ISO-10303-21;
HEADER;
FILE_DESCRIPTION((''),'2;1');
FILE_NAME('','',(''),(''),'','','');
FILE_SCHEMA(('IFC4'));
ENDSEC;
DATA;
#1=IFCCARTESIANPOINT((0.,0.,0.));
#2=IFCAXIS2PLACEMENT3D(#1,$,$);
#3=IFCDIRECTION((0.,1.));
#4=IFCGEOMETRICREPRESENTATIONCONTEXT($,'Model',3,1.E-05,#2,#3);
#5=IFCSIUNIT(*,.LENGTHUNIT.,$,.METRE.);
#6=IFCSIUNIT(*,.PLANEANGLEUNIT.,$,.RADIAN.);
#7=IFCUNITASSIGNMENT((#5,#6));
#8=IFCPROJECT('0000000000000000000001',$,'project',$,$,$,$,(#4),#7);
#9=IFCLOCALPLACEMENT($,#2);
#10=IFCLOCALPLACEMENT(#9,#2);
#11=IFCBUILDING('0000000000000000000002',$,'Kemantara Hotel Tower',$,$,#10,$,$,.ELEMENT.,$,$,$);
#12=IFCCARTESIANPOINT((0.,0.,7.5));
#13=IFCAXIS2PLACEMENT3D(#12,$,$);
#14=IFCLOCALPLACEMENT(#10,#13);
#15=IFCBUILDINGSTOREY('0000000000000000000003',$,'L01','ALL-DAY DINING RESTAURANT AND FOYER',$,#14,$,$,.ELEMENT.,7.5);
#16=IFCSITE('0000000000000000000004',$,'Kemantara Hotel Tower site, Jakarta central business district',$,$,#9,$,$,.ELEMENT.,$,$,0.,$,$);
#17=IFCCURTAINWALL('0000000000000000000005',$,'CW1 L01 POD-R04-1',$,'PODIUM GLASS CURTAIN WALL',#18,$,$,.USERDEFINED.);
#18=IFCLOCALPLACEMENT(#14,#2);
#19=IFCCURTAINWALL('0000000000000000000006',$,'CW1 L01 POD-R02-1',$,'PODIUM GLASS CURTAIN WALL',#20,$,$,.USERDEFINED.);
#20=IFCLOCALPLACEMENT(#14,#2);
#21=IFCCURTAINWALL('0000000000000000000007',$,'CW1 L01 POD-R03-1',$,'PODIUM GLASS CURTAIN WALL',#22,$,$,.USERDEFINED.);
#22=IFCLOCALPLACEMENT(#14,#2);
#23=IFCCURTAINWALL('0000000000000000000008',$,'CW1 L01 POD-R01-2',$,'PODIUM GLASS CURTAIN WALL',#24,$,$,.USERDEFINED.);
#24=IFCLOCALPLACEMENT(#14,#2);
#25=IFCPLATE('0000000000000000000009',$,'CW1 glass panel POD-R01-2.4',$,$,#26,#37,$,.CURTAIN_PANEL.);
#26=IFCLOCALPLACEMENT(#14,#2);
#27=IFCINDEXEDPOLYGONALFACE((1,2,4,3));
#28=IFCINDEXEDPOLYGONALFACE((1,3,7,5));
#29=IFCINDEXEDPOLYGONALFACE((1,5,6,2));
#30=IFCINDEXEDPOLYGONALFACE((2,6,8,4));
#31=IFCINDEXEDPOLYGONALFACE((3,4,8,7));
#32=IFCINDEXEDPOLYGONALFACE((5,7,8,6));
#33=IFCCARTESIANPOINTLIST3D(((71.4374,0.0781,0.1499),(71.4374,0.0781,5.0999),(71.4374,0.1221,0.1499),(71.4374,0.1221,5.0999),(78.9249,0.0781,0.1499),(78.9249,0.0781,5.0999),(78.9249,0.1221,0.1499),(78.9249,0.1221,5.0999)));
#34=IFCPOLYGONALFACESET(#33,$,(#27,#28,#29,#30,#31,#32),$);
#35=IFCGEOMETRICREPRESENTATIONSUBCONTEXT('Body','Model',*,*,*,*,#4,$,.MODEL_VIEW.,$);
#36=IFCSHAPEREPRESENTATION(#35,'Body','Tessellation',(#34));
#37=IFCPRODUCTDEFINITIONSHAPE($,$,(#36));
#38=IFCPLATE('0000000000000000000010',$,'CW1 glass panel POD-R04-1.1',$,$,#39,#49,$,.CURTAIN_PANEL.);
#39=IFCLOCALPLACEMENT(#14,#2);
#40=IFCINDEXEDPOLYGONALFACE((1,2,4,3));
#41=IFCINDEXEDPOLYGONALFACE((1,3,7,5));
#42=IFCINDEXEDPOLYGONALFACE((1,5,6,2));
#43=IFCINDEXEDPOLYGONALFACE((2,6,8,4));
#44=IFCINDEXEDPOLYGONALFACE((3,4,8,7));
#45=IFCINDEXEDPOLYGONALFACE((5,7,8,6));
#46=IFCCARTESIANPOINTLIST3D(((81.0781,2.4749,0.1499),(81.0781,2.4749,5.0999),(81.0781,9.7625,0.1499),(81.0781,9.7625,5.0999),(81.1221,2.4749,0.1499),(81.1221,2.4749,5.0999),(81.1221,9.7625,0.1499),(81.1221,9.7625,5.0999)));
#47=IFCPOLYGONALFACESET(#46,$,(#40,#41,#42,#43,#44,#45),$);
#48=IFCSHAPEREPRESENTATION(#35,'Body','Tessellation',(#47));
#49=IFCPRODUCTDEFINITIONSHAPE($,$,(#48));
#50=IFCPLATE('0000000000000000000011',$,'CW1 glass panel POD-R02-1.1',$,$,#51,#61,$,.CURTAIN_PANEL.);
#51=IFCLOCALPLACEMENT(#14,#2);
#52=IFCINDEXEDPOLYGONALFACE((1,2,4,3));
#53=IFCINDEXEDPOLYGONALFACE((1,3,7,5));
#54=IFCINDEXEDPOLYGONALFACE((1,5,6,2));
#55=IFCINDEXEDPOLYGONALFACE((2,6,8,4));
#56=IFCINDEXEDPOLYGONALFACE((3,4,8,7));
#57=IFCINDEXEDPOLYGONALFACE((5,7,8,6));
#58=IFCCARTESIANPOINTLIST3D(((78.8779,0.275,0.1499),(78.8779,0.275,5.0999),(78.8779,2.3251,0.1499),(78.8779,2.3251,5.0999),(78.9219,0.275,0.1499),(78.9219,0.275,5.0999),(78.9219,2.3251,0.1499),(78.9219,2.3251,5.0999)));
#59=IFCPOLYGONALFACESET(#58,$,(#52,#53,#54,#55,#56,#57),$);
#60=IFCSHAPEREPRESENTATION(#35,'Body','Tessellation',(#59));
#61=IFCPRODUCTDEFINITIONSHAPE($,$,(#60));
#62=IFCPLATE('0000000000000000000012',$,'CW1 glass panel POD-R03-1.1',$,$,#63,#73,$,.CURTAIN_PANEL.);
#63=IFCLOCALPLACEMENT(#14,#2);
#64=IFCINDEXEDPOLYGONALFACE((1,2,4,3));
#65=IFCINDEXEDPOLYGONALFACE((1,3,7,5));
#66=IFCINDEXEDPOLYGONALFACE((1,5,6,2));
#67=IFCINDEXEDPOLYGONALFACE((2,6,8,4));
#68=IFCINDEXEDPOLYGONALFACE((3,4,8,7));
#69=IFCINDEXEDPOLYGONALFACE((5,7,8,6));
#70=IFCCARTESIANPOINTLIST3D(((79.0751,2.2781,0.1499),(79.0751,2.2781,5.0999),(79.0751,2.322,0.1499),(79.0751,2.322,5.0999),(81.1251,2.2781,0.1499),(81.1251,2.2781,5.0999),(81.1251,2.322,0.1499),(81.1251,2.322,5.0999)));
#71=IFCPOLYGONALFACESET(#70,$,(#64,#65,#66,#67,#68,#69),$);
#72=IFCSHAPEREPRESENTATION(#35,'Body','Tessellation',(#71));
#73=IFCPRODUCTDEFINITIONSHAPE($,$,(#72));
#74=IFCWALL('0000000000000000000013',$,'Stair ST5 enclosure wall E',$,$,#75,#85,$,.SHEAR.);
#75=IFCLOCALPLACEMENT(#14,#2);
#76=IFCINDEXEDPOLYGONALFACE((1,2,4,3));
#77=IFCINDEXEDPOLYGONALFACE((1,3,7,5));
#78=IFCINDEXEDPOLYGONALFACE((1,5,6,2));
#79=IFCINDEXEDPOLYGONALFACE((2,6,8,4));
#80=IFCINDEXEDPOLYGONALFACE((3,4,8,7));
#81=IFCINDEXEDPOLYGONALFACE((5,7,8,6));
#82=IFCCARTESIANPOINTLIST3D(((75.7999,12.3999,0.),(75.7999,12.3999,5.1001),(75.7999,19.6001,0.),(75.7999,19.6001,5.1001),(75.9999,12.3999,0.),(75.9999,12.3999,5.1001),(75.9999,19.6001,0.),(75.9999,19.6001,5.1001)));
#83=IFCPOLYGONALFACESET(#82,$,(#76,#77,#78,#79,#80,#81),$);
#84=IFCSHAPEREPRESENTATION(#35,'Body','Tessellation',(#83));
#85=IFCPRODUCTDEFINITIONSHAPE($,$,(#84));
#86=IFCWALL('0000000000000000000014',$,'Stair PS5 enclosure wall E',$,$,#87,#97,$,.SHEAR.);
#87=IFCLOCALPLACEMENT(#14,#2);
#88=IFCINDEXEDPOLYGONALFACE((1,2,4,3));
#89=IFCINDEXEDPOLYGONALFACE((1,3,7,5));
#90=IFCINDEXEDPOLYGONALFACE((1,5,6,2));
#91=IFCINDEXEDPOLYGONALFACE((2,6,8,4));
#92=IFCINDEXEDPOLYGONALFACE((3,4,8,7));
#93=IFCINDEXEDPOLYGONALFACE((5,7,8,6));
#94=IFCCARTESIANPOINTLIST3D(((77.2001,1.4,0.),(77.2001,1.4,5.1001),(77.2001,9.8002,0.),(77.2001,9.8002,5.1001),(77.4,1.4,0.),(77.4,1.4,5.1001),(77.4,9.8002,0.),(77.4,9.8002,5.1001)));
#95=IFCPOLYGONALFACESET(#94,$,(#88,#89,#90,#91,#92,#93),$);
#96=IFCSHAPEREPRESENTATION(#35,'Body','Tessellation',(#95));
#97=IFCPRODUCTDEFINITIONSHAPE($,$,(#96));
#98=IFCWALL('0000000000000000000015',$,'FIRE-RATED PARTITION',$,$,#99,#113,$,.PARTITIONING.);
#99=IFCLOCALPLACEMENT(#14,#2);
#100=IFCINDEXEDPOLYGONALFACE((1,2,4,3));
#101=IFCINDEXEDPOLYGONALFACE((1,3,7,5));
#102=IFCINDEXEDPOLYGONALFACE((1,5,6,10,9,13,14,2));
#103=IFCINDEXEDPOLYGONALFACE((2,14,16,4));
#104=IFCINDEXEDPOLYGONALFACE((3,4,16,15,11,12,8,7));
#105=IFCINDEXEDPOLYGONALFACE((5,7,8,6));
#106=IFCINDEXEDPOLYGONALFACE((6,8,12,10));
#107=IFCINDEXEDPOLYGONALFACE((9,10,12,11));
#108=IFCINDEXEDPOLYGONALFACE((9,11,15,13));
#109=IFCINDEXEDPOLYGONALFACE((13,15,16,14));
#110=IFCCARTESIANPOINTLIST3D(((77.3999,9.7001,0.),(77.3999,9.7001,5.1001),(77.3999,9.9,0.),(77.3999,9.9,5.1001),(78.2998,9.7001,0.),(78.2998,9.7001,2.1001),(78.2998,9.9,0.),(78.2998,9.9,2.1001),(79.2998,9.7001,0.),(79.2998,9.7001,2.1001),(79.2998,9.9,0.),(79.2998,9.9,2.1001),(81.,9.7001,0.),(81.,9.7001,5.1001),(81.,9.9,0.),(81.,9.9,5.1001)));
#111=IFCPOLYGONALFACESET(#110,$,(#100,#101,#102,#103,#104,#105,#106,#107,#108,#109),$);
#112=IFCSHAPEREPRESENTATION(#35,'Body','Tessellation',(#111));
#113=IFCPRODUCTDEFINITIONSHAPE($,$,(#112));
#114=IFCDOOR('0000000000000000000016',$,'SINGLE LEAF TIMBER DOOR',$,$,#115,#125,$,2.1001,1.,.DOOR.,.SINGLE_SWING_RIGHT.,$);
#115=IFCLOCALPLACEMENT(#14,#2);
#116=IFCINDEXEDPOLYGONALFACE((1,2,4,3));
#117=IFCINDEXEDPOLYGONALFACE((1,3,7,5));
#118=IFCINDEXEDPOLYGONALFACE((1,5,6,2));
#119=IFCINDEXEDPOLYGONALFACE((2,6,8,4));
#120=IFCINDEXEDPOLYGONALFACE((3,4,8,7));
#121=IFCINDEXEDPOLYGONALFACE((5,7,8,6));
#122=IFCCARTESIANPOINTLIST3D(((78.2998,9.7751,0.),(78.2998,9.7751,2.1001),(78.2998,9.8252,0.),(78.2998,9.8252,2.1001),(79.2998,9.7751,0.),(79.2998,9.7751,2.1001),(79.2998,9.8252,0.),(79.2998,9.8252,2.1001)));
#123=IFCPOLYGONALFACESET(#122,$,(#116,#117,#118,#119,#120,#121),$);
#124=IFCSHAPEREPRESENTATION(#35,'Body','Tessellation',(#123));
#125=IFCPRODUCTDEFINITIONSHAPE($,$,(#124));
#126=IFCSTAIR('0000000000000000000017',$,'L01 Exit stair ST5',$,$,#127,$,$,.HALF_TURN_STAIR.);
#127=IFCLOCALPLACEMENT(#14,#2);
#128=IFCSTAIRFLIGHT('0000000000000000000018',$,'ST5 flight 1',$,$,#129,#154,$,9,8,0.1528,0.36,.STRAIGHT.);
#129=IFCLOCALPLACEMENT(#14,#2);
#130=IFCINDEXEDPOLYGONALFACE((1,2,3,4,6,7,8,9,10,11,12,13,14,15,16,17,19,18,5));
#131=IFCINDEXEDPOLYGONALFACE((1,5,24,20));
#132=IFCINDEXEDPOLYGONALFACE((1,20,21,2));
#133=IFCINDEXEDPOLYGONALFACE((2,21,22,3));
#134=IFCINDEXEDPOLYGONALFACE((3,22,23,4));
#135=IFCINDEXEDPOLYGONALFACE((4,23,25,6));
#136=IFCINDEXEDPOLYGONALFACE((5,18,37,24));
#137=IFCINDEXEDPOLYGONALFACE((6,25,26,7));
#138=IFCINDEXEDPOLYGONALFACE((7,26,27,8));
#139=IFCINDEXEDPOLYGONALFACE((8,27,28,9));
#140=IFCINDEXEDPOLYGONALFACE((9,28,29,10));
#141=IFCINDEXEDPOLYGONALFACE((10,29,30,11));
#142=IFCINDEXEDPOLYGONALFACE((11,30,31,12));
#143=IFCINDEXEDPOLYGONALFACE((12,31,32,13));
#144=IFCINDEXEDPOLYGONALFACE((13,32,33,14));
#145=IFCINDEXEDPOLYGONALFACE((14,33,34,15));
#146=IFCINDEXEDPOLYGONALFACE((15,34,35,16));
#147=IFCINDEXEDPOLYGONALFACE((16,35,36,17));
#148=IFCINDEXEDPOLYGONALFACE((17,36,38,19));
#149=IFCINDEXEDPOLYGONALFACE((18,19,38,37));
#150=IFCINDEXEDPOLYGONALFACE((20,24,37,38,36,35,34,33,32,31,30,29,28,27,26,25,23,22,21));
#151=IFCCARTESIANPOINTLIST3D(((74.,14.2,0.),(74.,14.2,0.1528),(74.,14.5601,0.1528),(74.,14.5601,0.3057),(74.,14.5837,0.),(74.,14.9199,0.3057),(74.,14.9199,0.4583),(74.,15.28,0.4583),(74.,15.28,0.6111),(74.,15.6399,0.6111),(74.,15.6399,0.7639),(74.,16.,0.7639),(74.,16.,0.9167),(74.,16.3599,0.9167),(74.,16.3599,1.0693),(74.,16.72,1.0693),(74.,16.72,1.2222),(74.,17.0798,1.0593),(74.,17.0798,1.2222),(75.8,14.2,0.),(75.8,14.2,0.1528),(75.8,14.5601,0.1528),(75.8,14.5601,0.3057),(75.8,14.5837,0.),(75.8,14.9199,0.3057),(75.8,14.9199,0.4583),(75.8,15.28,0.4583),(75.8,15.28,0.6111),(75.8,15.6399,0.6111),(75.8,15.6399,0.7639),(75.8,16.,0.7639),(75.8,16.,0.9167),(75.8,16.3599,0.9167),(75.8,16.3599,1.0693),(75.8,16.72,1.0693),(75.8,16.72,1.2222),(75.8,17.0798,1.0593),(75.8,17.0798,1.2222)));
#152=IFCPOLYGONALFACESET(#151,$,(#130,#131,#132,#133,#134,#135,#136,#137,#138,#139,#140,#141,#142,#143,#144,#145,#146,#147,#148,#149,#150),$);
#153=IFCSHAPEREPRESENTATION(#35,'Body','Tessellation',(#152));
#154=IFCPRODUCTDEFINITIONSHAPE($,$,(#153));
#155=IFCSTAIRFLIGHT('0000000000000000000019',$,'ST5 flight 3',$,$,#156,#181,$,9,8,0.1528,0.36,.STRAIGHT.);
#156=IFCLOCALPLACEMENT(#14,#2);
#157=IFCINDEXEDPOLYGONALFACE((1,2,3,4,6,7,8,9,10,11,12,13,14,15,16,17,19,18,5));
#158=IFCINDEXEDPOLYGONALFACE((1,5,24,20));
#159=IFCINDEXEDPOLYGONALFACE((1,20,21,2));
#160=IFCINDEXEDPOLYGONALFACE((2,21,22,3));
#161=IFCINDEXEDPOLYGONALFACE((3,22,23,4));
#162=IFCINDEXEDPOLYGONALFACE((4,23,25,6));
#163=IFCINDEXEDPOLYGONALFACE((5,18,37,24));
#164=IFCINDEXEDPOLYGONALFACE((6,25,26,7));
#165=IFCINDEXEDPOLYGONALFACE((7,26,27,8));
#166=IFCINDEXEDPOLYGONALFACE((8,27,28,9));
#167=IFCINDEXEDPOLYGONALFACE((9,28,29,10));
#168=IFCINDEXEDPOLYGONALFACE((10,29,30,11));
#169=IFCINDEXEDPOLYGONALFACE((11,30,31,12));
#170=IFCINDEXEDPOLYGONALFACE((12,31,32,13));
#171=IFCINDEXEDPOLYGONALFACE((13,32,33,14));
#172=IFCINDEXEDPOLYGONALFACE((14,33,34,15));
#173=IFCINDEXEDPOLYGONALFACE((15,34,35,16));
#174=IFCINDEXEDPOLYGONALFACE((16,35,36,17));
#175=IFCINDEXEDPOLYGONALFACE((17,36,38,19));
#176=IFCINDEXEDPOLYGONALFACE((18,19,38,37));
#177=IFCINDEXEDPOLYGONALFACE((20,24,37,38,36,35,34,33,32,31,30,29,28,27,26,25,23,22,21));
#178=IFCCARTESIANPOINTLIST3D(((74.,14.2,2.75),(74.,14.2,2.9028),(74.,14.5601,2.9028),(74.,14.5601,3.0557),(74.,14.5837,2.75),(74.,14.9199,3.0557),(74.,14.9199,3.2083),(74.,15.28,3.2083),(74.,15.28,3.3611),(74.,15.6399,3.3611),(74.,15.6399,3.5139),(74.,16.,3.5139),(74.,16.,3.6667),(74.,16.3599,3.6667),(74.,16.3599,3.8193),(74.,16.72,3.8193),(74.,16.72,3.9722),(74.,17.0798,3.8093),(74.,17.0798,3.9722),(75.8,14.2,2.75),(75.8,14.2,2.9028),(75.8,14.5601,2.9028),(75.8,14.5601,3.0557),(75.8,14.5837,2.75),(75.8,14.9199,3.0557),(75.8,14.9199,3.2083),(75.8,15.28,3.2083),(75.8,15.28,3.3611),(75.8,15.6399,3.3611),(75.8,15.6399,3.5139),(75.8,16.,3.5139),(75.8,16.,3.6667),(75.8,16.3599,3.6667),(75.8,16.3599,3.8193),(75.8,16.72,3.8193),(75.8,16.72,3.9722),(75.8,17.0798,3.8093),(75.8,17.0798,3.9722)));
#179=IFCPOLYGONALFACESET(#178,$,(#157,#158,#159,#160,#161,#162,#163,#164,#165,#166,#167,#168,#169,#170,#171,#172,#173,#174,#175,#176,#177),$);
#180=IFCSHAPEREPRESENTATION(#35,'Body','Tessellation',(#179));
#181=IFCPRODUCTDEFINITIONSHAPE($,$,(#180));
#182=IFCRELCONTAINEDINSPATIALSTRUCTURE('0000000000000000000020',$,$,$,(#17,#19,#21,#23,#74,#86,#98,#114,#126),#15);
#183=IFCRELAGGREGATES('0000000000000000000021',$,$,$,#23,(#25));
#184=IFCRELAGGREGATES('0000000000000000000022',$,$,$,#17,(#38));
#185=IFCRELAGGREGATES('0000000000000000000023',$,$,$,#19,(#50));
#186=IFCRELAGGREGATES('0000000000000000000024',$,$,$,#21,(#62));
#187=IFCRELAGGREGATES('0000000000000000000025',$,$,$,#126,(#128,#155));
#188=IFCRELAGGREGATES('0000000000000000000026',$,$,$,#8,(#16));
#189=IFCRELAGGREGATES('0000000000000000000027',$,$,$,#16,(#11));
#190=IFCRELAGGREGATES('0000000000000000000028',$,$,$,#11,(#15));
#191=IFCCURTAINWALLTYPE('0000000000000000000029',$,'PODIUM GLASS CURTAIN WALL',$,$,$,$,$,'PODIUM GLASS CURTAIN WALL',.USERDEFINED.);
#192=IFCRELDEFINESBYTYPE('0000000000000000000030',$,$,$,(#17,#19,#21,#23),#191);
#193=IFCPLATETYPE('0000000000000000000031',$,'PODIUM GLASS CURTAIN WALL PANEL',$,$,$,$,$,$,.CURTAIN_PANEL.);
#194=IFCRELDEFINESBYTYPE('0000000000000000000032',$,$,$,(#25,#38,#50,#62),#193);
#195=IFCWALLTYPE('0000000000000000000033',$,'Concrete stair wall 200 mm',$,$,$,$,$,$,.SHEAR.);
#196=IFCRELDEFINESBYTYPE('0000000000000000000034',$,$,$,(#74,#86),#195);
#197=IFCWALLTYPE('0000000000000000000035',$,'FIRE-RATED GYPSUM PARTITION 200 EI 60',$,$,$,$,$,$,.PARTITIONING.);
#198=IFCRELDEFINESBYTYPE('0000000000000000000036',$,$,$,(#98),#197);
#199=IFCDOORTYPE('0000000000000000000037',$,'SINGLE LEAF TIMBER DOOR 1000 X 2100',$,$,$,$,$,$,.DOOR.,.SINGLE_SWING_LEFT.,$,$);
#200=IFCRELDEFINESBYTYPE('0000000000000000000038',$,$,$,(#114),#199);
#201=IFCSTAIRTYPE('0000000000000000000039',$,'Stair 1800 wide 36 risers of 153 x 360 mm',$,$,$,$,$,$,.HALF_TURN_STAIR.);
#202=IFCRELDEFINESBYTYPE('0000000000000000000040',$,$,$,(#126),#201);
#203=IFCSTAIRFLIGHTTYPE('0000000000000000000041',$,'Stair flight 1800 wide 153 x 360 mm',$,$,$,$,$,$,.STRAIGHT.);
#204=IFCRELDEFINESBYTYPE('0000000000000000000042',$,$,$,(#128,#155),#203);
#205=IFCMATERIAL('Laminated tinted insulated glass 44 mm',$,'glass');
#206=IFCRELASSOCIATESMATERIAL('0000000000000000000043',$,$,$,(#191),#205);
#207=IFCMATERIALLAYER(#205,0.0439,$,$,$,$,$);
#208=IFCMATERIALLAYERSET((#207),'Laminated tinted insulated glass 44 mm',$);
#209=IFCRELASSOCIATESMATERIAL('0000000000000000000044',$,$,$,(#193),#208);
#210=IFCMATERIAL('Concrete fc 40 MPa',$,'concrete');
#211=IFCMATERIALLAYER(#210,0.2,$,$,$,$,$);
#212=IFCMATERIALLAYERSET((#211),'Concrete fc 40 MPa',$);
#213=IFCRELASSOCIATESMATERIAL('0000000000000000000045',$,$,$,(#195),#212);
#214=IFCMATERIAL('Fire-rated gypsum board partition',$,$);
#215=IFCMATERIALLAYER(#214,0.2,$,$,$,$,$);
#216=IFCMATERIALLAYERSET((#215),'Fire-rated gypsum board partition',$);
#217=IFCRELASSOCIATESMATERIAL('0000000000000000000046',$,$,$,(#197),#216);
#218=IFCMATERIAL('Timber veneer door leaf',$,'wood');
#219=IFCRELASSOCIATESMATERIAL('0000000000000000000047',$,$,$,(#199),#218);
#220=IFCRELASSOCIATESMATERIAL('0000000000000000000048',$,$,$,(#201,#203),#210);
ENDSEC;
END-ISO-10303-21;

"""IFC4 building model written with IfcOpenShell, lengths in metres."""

from ifc_helpers import new_model, si_unit, direction, frame, frame_2d, origin, origin_2d, place, context, subcontext, project, spatial, polyline, rectangle, outline, extrude, source, transform, mapped, material, layer, layer_set, type_object, element, fill, aggregate, save


model = new_model("IFC4")

# Units and contexts
model_context = context("Model", 3, precision=1e-05, world=origin(), true_north=direction((0.0, 1.0)))
body_context = subcontext(model_context, "Body", "Model", "MODEL_VIEW")
ifc_project = project(units=[si_unit("LENGTHUNIT", "METRE"), si_unit("PLANEANGLEUNIT", "RADIAN")], contexts=[model_context])

# Site, building, storey
site_placement = place(None, origin())
site = spatial("IfcSite", under=ifc_project, at=site_placement, Name="Kemantara Hotel Tower site, Jakarta central business district", CompositionType="ELEMENT", RefElevation=0.0)
building_placement = place(site_placement, origin())
building = spatial("IfcBuilding", under=site, at=building_placement, Name="Kemantara Hotel Tower", CompositionType="ELEMENT")
storey_placement = place(building_placement, frame((0.0, 0.0, 7.5)))
storey = spatial("IfcBuildingStorey", under=building, at=storey_placement, Name="L01", Description="ALL-DAY DINING RESTAURANT AND FOYER", CompositionType="ELEMENT", Elevation=7.5)

# Curtain walls
ifc_material_1 = material(Name="Laminated tinted insulated glass 44 mm", Category="glass")
curtain_wall_type = type_object("IfcCurtainWallType", Name="PODIUM GLASS CURTAIN WALL", ElementType="PODIUM GLASS CURTAIN WALL", PredefinedType="USERDEFINED", material=ifc_material_1)
curtain_wall_1_placement = place(storey_placement, origin())
curtain_wall_1 = element("IfcCurtainWall", 1, at=curtain_wall_1_placement, inside=storey, type_object=curtain_wall_type, Name="CW1 L01 POD-R04-1", ObjectType="PODIUM GLASS CURTAIN WALL", PredefinedType="USERDEFINED")
curtain_wall_2_placement = place(storey_placement, origin())
curtain_wall_2 = element("IfcCurtainWall", 2, at=curtain_wall_2_placement, inside=storey, type_object=curtain_wall_type, Name="CW1 L01 POD-R02-1", ObjectType="PODIUM GLASS CURTAIN WALL", PredefinedType="USERDEFINED")
curtain_wall_3_placement = place(storey_placement, origin())
curtain_wall_3 = element("IfcCurtainWall", 3, at=curtain_wall_3_placement, inside=storey, type_object=curtain_wall_type, Name="CW1 L01 POD-R03-1", ObjectType="PODIUM GLASS CURTAIN WALL", PredefinedType="USERDEFINED")
curtain_wall_4_placement = place(storey_placement, origin())
curtain_wall_4 = element("IfcCurtainWall", 4, at=curtain_wall_4_placement, inside=storey, type_object=curtain_wall_type, Name="CW1 L01 POD-R01-2", ObjectType="PODIUM GLASS CURTAIN WALL", PredefinedType="USERDEFINED")

# Plates
ifc_layer_1 = layer(ifc_material_1, 0.0439)
ifc_layer_set_1 = layer_set([ifc_layer_1], Name="Laminated tinted insulated glass 44 mm")
plate_type = type_object("IfcPlateType", Name="PODIUM GLASS CURTAIN WALL PANEL", PredefinedType="CURTAIN_PANEL", material=ifc_layer_set_1)
shared_shape_1 = source(origin(), body_context, "Body", "SweptSolid", [
    extrude(rectangle(XDim=7.4875, YDim=0.0439, at=origin_2d()), origin(), (0.0, 0.0, 1.0), 4.95),
])
plate_1_placement = place(storey_placement, frame((75.1812, 0.1001, 0.1499), z_axis=(0.0, 0.0, 1.0), x_axis=(1.0, 0.0, 0.0)))
plate_1 = element("IfcPlate", 5, at=plate_1_placement, type_object=plate_type, Name="CW1 glass panel POD-R01-2.4", PredefinedType="CURTAIN_PANEL", context=body_context, shape_type="MappedRepresentation", body=[
    mapped(shared_shape_1, transform((0.0, 0.0, 0.0))),
])
aggregate(curtain_wall_4, [plate_1])
shared_shape_2 = source(origin(), body_context, "Body", "SweptSolid", [
    extrude(rectangle(XDim=7.2876, YDim=0.0439, at=origin_2d()), origin(), (0.0, 0.0, 1.0), 4.95),
])
plate_2_placement = place(storey_placement, frame((81.1001, 6.1187, 0.1499), z_axis=(0.0, 0.0, 1.0), x_axis=(0.0, 1.0, 0.0)))
plate_2 = element("IfcPlate", 6, at=plate_2_placement, type_object=plate_type, Name="CW1 glass panel POD-R04-1.1", PredefinedType="CURTAIN_PANEL", context=body_context, shape_type="MappedRepresentation", body=[
    mapped(shared_shape_2, transform((0.0, 0.0, 0.0))),
])
aggregate(curtain_wall_1, [plate_2])
shared_shape_3 = source(origin(), body_context, "Body", "SweptSolid", [
    extrude(rectangle(XDim=2.05, YDim=0.0439, at=origin_2d()), origin(), (0.0, 0.0, 1.0), 4.95),
])
plate_3_placement = place(storey_placement, frame((78.8999, 1.3, 0.1499), z_axis=(0.0, 0.0, 1.0), x_axis=(0.0, 1.0, 0.0)))
plate_3 = element("IfcPlate", 7, at=plate_3_placement, type_object=plate_type, Name="CW1 glass panel POD-R02-1.1", PredefinedType="CURTAIN_PANEL", context=body_context, shape_type="MappedRepresentation", body=[
    mapped(shared_shape_3, transform((0.0, 0.0, 0.0))),
])
aggregate(curtain_wall_2, [plate_3])
plate_4_placement = place(storey_placement, frame((80.1001, 2.3, 0.1499), z_axis=(0.0, 0.0, 1.0), x_axis=(1.0, 0.0, 0.0)))
plate_4 = element("IfcPlate", 8, at=plate_4_placement, type_object=plate_type, Name="CW1 glass panel POD-R03-1.1", PredefinedType="CURTAIN_PANEL", context=body_context, shape_type="MappedRepresentation", body=[
    mapped(shared_shape_3, transform((0.0, 0.0, 0.0))),
])
aggregate(curtain_wall_3, [plate_4])

# Walls
ifc_material_2 = material(Name="Concrete fc 40 MPa", Category="concrete")
ifc_layer_2 = layer(ifc_material_2, 0.2)
ifc_layer_set_2 = layer_set([ifc_layer_2], Name="Concrete fc 40 MPa")
wall_type_1 = type_object("IfcWallType", Name="Concrete stair wall 200 mm", PredefinedType="SHEAR", material=ifc_layer_set_2)
wall_1_placement = place(storey_placement, frame((75.8999, 12.3999, 0.0), z_axis=(0.0, 0.0, 1.0), x_axis=(0.0, 1.0, 0.0)))
element("IfcWall", 9, at=wall_1_placement, inside=storey, type_object=wall_type_1, Name="Stair ST5 enclosure wall E", PredefinedType="SHEAR", context=body_context, shape_type="SweptSolid", body=[
    extrude(rectangle(XDim=7.2002, YDim=0.2, at=frame_2d((3.6001, 0.0))), origin(), (0.0, 0.0, 1.0), 5.1001),
])
wall_2_placement = place(storey_placement, frame((77.3, 1.3999, 0.0), z_axis=(0.0, 0.0, 1.0), x_axis=(0.0, 1.0, 0.0)))
element("IfcWall", 10, at=wall_2_placement, inside=storey, type_object=wall_type_1, Name="Stair PS5 enclosure wall E", PredefinedType="SHEAR", context=body_context, shape_type="SweptSolid", body=[
    extrude(rectangle(XDim=8.4001, YDim=0.2, at=frame_2d((4.2002, 0.0))), origin(), (0.0, 0.0, 1.0), 5.1001),
])

# Wall, opening, door
ifc_material_3 = material(Name="Fire-rated gypsum board partition")
ifc_layer_3 = layer(ifc_material_3, 0.2)
ifc_layer_set_3 = layer_set([ifc_layer_3], Name="Fire-rated gypsum board partition")
wall_type_2 = type_object("IfcWallType", Name="FIRE-RATED GYPSUM PARTITION 200 EI 60", PredefinedType="PARTITIONING", material=ifc_layer_set_3)
wall_3_placement = place(storey_placement, frame((77.3999, 9.8, 0.0), z_axis=(0.0, 0.0, 1.0), x_axis=(1.0, 0.0, 0.0)))
wall_3 = element("IfcWall", 11, at=wall_3_placement, inside=storey, type_object=wall_type_2, Name="FIRE-RATED PARTITION", PredefinedType="PARTITIONING", context=body_context, shape_type="SweptSolid", body=[
    extrude(rectangle(XDim=3.6001, YDim=0.2, at=frame_2d((1.8, 0.0))), origin(), (0.0, 0.0, 1.0), 5.1001),
])
opening_1_placement = place(wall_3_placement, frame((0.8999, 0.0, 0.0)))
opening_1 = element("IfcOpeningElement", 12, at=opening_1_placement, cuts=wall_3, PredefinedType="OPENING", context=body_context, shape_type="SweptSolid", body=[
    extrude(rectangle(XDim=1.0, YDim=2.1001, at=frame_2d((0.5, 1.05))), frame((0.0, 0.1099, 0.0), z_axis=(0.0, -1.0, 0.0), x_axis=(1.0, 0.0, 0.0)), (0.0, 0.0, 1.0), 0.22),
])
ifc_material_4 = material(Name="Timber veneer door leaf", Category="wood")
door_type_1 = type_object("IfcDoorType", Name="SINGLE LEAF TIMBER DOOR 1000 X 2100", OperationType="SINGLE_SWING_LEFT", PredefinedType="DOOR", material=ifc_material_4)
door_1_placement = place(opening_1_placement, frame((1.0, 0.0, 0.0), z_axis=(0.0, 0.0, 1.0), x_axis=(-1.0, 0.0, 0.0)))
door_1 = element("IfcDoor", 13, at=door_1_placement, inside=storey, type_object=door_type_1, Name="SINGLE LEAF TIMBER DOOR", OperationType="SINGLE_SWING_RIGHT", OverallHeight=2.1001, OverallWidth=1.0, PredefinedType="DOOR", context=body_context, shape_type="SweptSolid", body=[
    extrude(rectangle(XDim=1.0, YDim=2.1001, at=frame_2d((0.5, 1.05))), frame((0.0, 0.0249, 0.0), z_axis=(0.0, -1.0, 0.0), x_axis=(1.0, 0.0, 0.0)), (0.0, 0.0, 1.0), 0.05),
])
fill(opening_1, door_1)

# Stair, stair flights
stair_type_1 = type_object("IfcStairType", Name="Stair 1800 wide 36 risers of 153 x 360 mm", PredefinedType="HALF_TURN_STAIR", material=ifc_material_2)
stair_1_placement = place(storey_placement, origin())
stair_1 = element("IfcStair", 14, at=stair_1_placement, inside=storey, type_object=stair_type_1, Name="L01 Exit stair ST5", PredefinedType="HALF_TURN_STAIR")
stair_flight_type_1 = type_object("IfcStairFlightType", Name="Stair flight 1800 wide 153 x 360 mm", PredefinedType="STRAIGHT", material=ifc_material_2)
stair_flight_1_placement = place(storey_placement, frame((74.8999, 14.2, 0.0), z_axis=(0.0, 0.0, 1.0), x_axis=(0.0, 1.0, 0.0)))
stair_flight_1 = element("IfcStairFlight", 15, at=stair_flight_1_placement, type_object=stair_flight_type_1, Name="ST5 flight 1", NumberOfRisers=9, NumberOfTreads=8, PredefinedType="STRAIGHT", RiserHeight=0.1528, TreadLength=0.36, context=body_context, shape_type="SweptSolid", body=[
    extrude(outline(polyline([(0.0, 0.0), (0.0, 0.1528), (0.3601, 0.1528), (0.3601, 0.3057), (0.72, 0.3057), (0.72, 0.4583), (1.0801, 0.4583), (1.0801, 0.6111), (1.4399, 0.6111), (1.4399, 0.7639), (1.8, 0.7639), (1.8, 0.9167), (2.1599, 0.9167), (2.1599, 1.0693), (2.52, 1.0693), (2.52, 1.2222), (2.8799, 1.2222), (2.8799, 1.375), (2.8799, 1.0593), (0.3838, 0.0), (0.0, 0.0)])), frame((0.0, 0.8999, 0.0), z_axis=(0.0, -1.0, 0.0), x_axis=(1.0, 0.0, 0.0)), (0.0, 0.0, 1.0), 1.8),
])
stair_flight_2_placement = place(storey_placement, frame((74.8999, 14.2, 2.75), z_axis=(0.0, 0.0, 1.0), x_axis=(0.0, 1.0, 0.0)))
stair_flight_2 = element("IfcStairFlight", 16, at=stair_flight_2_placement, type_object=stair_flight_type_1, Name="ST5 flight 3", NumberOfRisers=9, NumberOfTreads=8, PredefinedType="STRAIGHT", RiserHeight=0.1528, TreadLength=0.36, context=body_context, shape_type="SweptSolid", body=[
    extrude(outline(polyline([(0.0, 0.0), (0.0, 0.1528), (0.3601, 0.1528), (0.3601, 0.3057), (0.72, 0.3057), (0.72, 0.4583), (1.0801, 0.4583), (1.0801, 0.6111), (1.4399, 0.6111), (1.4399, 0.7639), (1.8, 0.7639), (1.8, 0.9167), (2.1599, 0.9167), (2.1599, 1.0693), (2.52, 1.0693), (2.52, 1.2222), (2.8799, 1.2222), (2.8799, 1.375), (2.8799, 1.0593), (0.3838, 0.0), (0.0, 0.0)])), frame((0.0, 0.8999, 0.0), z_axis=(0.0, -1.0, 0.0), x_axis=(1.0, 0.0, 0.0)), (0.0, 0.0, 1.0), 1.8),
])
aggregate(stair_1, [stair_flight_1, stair_flight_2])

save(model, "model.ifc")
